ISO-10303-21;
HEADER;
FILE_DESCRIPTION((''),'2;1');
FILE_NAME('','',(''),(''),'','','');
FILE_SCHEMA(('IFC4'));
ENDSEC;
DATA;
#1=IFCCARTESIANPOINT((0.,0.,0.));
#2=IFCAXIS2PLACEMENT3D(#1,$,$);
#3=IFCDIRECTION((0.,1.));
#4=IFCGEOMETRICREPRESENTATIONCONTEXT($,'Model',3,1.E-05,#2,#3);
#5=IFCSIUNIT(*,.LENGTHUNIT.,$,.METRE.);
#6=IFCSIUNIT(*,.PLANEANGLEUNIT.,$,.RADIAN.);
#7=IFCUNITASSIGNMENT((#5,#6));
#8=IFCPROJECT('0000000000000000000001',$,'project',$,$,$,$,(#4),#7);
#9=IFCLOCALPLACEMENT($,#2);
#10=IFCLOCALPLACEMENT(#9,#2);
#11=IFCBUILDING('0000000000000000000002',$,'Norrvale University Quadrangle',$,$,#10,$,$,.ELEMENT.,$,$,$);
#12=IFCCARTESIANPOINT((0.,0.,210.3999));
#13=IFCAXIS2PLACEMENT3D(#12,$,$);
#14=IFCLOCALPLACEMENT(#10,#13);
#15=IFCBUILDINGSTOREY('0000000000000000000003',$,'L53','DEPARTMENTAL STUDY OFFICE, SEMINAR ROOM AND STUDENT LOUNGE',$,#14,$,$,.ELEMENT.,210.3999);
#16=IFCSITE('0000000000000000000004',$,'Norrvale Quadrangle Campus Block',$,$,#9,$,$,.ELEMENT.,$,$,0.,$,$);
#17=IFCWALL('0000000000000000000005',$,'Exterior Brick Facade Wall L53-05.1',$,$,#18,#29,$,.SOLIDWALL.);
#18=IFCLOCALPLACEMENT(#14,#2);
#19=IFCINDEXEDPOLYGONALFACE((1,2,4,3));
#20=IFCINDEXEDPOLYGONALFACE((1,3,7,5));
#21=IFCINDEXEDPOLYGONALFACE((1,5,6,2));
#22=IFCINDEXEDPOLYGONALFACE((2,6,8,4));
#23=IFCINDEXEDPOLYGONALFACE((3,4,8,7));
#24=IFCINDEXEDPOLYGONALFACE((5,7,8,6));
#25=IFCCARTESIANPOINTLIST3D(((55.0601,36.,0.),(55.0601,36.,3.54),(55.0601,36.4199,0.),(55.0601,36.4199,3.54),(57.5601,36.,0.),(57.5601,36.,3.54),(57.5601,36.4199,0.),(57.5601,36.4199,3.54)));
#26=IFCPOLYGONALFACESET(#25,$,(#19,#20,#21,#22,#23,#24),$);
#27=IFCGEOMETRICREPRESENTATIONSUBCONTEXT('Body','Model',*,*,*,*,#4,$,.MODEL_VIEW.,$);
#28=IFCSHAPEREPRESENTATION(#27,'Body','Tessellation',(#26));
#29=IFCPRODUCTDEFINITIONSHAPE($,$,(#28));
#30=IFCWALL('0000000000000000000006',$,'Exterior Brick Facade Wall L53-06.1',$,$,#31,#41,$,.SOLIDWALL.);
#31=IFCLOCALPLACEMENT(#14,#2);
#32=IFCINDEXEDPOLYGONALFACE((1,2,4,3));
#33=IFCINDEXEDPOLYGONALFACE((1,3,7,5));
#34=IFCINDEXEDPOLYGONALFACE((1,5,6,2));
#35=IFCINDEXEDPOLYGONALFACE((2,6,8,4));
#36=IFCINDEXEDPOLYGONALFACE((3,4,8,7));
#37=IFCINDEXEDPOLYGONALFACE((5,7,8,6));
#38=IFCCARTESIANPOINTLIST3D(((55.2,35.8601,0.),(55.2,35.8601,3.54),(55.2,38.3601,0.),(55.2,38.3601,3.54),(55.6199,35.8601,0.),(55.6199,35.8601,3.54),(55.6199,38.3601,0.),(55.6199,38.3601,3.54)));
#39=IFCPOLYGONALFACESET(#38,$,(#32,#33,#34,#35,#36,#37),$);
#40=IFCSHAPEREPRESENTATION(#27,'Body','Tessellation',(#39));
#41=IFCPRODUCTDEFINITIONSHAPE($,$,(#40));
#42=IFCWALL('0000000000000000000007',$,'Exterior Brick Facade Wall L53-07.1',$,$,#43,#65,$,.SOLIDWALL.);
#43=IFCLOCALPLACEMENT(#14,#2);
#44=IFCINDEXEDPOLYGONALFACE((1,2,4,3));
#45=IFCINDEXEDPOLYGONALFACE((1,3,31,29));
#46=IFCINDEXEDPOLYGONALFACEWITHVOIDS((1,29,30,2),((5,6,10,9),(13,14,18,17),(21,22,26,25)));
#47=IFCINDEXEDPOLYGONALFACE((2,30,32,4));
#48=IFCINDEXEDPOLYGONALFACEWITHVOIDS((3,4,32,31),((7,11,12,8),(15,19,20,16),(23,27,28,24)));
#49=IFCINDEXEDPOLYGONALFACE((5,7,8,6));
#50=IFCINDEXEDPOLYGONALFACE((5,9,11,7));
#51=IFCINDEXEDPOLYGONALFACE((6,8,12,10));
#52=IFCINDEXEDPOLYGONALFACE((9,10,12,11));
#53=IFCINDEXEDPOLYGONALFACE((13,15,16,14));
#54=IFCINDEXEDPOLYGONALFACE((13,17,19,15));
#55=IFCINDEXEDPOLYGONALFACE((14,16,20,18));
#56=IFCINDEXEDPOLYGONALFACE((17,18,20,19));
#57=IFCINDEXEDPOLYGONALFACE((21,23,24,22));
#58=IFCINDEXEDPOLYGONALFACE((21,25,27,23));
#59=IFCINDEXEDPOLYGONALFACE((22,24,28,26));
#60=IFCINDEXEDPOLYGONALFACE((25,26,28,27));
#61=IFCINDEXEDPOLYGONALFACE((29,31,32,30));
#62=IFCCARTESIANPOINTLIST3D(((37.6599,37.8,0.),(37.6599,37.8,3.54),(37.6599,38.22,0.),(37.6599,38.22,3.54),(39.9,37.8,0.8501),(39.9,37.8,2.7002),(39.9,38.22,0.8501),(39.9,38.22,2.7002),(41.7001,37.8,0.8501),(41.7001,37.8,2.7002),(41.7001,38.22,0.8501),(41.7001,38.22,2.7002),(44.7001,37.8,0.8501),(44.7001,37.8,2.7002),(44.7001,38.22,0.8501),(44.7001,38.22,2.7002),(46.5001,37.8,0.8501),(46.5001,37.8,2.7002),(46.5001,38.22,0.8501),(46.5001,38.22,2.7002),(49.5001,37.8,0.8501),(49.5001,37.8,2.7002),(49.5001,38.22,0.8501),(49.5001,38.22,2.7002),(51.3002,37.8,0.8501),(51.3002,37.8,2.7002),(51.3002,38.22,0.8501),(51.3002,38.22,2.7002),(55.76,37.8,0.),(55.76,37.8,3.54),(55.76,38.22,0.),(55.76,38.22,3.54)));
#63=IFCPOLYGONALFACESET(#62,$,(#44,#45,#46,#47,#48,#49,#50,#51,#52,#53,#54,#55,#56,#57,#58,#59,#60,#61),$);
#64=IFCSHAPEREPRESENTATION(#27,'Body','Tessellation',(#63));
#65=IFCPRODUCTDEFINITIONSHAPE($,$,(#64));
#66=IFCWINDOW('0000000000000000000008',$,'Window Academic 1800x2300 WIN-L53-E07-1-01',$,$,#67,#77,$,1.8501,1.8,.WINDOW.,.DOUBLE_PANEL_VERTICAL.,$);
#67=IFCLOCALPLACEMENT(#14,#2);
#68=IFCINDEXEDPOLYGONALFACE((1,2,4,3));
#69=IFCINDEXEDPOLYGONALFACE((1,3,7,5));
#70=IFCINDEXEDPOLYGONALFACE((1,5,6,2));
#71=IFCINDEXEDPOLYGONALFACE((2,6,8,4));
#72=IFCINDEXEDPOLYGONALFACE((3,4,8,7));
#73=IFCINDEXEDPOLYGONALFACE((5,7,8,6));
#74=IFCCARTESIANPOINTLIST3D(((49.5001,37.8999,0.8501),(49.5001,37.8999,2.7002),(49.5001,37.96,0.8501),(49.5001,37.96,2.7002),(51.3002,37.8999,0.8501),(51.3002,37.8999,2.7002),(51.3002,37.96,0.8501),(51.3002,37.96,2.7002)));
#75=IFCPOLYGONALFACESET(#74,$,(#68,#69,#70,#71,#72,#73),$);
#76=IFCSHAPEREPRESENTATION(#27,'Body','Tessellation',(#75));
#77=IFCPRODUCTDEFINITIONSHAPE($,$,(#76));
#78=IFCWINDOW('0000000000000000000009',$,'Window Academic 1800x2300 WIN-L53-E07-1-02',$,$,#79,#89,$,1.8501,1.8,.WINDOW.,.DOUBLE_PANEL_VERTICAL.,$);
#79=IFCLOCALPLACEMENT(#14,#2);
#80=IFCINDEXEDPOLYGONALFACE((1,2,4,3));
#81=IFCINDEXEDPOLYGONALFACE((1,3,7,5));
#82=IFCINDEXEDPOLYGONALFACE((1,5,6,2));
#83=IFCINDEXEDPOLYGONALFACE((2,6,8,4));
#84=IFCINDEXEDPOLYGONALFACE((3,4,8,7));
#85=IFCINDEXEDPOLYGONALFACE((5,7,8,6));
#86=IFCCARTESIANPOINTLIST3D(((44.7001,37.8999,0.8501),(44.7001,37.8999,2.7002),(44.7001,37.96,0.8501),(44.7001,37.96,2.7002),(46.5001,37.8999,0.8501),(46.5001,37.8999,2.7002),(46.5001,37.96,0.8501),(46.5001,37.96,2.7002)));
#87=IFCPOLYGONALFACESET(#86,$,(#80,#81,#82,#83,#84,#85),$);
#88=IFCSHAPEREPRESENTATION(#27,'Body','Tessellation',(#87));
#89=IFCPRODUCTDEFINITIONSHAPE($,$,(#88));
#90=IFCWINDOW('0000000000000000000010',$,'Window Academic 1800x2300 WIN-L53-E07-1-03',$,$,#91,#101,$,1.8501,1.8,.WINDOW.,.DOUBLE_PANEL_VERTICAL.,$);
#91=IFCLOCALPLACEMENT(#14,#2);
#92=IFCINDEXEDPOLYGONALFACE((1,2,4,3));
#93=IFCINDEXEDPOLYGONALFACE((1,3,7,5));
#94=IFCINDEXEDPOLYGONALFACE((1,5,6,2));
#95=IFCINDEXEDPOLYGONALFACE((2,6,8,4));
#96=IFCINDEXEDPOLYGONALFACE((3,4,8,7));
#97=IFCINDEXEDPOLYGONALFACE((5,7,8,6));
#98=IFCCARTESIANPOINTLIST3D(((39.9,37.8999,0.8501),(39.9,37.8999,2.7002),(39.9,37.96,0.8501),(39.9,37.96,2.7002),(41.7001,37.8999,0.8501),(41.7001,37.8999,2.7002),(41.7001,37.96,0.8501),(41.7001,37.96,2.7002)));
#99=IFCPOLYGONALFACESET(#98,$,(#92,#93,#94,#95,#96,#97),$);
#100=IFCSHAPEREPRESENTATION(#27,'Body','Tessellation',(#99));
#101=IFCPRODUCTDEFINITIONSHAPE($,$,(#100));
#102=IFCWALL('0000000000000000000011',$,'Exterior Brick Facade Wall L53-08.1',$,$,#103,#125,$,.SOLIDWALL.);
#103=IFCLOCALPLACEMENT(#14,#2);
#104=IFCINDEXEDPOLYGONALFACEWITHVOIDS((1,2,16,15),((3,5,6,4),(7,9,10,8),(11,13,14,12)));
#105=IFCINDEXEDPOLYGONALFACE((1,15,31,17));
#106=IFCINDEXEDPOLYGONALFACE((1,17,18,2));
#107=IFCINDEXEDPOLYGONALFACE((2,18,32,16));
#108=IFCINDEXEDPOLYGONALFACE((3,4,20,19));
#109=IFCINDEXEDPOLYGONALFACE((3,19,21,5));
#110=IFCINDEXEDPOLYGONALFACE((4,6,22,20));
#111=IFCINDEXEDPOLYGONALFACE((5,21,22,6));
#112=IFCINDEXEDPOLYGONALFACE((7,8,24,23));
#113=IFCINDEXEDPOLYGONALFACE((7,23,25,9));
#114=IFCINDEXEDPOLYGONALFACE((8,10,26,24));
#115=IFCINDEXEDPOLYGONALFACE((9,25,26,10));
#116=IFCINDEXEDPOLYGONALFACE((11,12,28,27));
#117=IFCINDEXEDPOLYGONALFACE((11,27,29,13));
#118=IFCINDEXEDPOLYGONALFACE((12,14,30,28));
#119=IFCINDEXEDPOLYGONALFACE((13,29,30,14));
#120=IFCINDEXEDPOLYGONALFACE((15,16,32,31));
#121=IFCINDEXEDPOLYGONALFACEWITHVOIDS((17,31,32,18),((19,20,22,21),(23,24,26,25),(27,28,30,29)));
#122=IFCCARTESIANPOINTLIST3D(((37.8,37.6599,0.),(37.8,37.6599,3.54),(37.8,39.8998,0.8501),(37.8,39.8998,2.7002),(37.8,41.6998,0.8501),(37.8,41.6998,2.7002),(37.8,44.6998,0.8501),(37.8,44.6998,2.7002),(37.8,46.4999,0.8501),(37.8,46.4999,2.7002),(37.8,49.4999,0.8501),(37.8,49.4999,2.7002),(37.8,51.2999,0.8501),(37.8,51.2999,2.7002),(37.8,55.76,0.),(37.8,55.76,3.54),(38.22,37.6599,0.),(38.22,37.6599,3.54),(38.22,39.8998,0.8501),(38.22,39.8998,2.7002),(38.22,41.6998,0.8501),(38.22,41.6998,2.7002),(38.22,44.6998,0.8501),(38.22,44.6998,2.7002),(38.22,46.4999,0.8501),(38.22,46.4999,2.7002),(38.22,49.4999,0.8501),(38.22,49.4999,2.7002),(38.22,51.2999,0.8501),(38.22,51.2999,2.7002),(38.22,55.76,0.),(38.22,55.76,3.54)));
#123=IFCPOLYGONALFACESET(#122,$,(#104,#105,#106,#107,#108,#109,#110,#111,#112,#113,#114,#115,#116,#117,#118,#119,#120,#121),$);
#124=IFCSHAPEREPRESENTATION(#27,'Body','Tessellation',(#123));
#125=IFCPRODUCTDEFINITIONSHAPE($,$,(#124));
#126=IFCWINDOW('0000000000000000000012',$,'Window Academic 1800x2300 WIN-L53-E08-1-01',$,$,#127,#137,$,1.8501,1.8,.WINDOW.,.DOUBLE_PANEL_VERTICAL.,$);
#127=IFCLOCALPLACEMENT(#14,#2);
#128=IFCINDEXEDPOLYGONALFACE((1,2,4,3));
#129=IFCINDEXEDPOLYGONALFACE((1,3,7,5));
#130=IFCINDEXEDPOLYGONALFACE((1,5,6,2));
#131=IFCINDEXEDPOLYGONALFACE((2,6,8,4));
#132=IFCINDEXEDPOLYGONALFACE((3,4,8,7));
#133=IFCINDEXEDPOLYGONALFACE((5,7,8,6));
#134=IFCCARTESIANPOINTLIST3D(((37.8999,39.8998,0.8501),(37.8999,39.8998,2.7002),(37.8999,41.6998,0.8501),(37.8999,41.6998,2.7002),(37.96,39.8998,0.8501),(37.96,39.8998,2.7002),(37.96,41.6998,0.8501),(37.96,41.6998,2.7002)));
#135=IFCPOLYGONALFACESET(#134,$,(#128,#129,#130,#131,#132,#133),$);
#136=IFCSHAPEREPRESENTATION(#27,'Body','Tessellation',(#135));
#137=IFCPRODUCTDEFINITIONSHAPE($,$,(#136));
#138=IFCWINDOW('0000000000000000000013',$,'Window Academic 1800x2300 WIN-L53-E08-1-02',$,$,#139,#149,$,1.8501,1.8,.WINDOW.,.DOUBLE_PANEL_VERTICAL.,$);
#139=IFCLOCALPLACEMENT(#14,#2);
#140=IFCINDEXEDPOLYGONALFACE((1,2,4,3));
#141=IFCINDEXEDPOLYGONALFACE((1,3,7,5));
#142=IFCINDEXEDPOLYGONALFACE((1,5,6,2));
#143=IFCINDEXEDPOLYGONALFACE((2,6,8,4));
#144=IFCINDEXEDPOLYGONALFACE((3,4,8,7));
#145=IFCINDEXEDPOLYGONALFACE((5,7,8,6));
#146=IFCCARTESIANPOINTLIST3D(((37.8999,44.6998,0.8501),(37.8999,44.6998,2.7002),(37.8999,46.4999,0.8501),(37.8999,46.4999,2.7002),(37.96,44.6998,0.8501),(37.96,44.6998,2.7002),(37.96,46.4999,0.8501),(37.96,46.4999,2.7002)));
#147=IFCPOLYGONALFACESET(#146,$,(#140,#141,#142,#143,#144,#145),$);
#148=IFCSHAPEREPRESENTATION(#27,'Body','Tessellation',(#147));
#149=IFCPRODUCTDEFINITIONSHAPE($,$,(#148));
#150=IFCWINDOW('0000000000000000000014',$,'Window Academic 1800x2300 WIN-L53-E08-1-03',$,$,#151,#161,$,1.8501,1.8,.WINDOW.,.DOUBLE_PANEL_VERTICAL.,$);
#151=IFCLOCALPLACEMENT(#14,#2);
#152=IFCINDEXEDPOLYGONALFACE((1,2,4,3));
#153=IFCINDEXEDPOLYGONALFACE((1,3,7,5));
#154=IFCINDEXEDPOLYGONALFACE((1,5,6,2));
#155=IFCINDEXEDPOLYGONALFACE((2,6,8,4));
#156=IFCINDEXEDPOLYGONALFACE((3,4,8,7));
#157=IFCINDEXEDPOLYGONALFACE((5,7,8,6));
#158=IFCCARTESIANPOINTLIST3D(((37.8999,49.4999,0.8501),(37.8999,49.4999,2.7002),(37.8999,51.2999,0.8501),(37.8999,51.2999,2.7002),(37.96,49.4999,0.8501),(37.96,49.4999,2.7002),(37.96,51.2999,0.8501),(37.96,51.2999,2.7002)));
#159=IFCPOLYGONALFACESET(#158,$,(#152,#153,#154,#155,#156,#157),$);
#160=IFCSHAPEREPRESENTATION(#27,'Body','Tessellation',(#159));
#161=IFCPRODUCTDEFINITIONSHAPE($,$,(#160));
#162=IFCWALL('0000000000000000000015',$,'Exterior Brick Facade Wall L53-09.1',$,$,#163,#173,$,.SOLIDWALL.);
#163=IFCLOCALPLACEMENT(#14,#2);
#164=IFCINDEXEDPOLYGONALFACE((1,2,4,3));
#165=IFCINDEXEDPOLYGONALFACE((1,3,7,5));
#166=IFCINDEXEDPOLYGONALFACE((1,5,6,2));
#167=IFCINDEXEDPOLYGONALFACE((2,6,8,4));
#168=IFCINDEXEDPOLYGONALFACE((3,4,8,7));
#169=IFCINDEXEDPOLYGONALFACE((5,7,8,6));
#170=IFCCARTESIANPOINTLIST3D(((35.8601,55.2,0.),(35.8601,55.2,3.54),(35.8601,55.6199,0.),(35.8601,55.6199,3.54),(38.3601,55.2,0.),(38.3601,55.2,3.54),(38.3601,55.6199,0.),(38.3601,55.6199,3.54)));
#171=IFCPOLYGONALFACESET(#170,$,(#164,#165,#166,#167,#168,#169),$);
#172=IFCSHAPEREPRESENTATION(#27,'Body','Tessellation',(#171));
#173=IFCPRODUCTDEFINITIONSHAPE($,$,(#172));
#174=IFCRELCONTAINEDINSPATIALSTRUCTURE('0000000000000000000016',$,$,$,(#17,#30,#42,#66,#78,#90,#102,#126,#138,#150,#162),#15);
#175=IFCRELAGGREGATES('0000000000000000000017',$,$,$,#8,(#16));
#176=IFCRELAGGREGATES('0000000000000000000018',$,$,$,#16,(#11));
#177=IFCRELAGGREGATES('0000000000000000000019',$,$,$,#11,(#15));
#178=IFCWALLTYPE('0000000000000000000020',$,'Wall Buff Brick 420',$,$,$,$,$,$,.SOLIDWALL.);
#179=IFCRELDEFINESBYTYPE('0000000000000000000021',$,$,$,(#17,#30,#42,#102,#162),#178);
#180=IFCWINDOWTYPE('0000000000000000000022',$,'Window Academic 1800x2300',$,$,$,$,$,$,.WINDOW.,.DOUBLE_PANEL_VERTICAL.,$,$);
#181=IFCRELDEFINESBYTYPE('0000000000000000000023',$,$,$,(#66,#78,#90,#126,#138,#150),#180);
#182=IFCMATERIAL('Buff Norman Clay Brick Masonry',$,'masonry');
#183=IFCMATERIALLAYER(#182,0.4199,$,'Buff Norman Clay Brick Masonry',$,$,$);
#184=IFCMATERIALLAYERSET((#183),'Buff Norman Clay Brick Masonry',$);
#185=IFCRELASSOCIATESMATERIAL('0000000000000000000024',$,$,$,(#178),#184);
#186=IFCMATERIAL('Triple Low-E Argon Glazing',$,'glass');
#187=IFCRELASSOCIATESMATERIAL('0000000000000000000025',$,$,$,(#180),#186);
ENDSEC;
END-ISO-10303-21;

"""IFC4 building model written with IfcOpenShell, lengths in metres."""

from ifc_helpers import new_model, si_unit, direction, frame, frame_2d, origin, place, context, subcontext, project, spatial, rectangle, extrude, material, layer, layer_set, type_object, element, fill, save


model = new_model("IFC4")

# Units and contexts
model_context = context("Model", 3, precision=1e-05, world=origin(), true_north=direction((0.0, 1.0)))
body_context = subcontext(model_context, "Body", "Model", "MODEL_VIEW")
ifc_project = project(units=[si_unit("LENGTHUNIT", "METRE"), si_unit("PLANEANGLEUNIT", "RADIAN")], contexts=[model_context])

# Site, building, storey
site_placement = place(None, origin())
site = spatial("IfcSite", under=ifc_project, at=site_placement, Name="Norrvale Quadrangle Campus Block", CompositionType="ELEMENT", RefElevation=0.0)
building_placement = place(site_placement, origin())
building = spatial("IfcBuilding", under=site, at=building_placement, Name="Norrvale University Quadrangle", CompositionType="ELEMENT")
storey_placement = place(building_placement, frame((0.0, 0.0, 210.3999)))
storey = spatial("IfcBuildingStorey", under=building, at=storey_placement, Name="L53", Description="DEPARTMENTAL STUDY OFFICE, SEMINAR ROOM AND STUDENT LOUNGE", CompositionType="ELEMENT", Elevation=210.3999)

# Walls
ifc_material_1 = material(Name="Buff Norman Clay Brick Masonry", Category="masonry")
ifc_layer = layer(ifc_material_1, 0.4199, Name="Buff Norman Clay Brick Masonry")
ifc_layer_set = layer_set([ifc_layer], Name="Buff Norman Clay Brick Masonry")
wall_type = type_object("IfcWallType", Name="Wall Buff Brick 420", PredefinedType="SOLIDWALL", material=ifc_layer_set)
for number, where, z_axis, x_axis, name in (
    (1, (57.5601, 36.21, 0.0), (0.0, 0.0, 1.0), (-1.0, 0.0, 0.0), "Exterior Brick Facade Wall L53-05.1"),
    (2, (55.4099, 35.8601, 0.0), (0.0, 0.0, 1.0), (0.0, 1.0, 0.0), "Exterior Brick Facade Wall L53-06.1"),
):
    element("IfcWall", number, at=place(storey_placement, frame(where, z_axis=z_axis, x_axis=x_axis)), inside=storey, type_object=wall_type, Name=name, PredefinedType="SOLIDWALL", context=body_context, shape_type="SweptSolid", body=[
        extrude(rectangle(XDim=2.5, YDim=0.4199, at=frame_2d((1.25, 0.0))), origin(), (0.0, 0.0, 1.0), 3.54),
    ])

# Walls, openings, windows
wall_1_placement = place(storey_placement, frame((55.76, 38.01, 0.0), z_axis=(0.0, 0.0, 1.0), x_axis=(-1.0, 0.0, 0.0)))
wall_1 = element("IfcWall", 3, at=wall_1_placement, inside=storey, type_object=wall_type, Name="Exterior Brick Facade Wall L53-07.1", PredefinedType="SOLIDWALL", context=body_context, shape_type="SweptSolid", body=[
    extrude(rectangle(XDim=18.1001, YDim=0.4199, at=frame_2d((9.05, 0.0))), origin(), (0.0, 0.0, 1.0), 3.54),
])
opening_1_placement = place(wall_1_placement, frame((4.46, 0.0, 0.8501)))
opening_1 = element("IfcOpeningElement", 4, at=opening_1_placement, cuts=wall_1, PredefinedType="OPENING", context=body_context, shape_type="SweptSolid", body=[
    extrude(rectangle(XDim=1.8, YDim=1.8501, at=frame_2d((0.8999, 0.925))), frame((0.0, 0.2219, 0.0), z_axis=(0.0, -1.0, 0.0), x_axis=(1.0, 0.0, 0.0)), (0.0, 0.0, 1.0), 0.4438),
])
opening_2_placement = place(wall_1_placement, frame((9.26, 0.0, 0.8501)))
opening_2 = element("IfcOpeningElement", 5, at=opening_2_placement, cuts=wall_1, PredefinedType="OPENING", context=body_context, shape_type="SweptSolid", body=[
    extrude(rectangle(XDim=1.8, YDim=1.8501, at=frame_2d((0.8999, 0.925))), frame((0.0, 0.2219, 0.0), z_axis=(0.0, -1.0, 0.0), x_axis=(1.0, 0.0, 0.0)), (0.0, 0.0, 1.0), 0.4438),
])
opening_3_placement = place(wall_1_placement, frame((14.0601, 0.0, 0.8501)))
opening_3 = element("IfcOpeningElement", 6, at=opening_3_placement, cuts=wall_1, PredefinedType="OPENING", context=body_context, shape_type="SweptSolid", body=[
    extrude(rectangle(XDim=1.8, YDim=1.8501, at=frame_2d((0.8999, 0.925))), frame((0.0, 0.2219, 0.0), z_axis=(0.0, -1.0, 0.0), x_axis=(1.0, 0.0, 0.0)), (0.0, 0.0, 1.0), 0.4438),
])
ifc_material_2 = material(Name="Triple Low-E Argon Glazing", Category="glass")
window_type_1 = type_object("IfcWindowType", Name="Window Academic 1800x2300", PartitioningType="DOUBLE_PANEL_VERTICAL", PredefinedType="WINDOW", material=ifc_material_2)
window_1_placement = place(opening_1_placement, origin())
window_1 = element("IfcWindow", 7, at=window_1_placement, inside=storey, type_object=window_type_1, Name="Window Academic 1800x2300 WIN-L53-E07-1-01", OverallHeight=1.8501, OverallWidth=1.8, PartitioningType="DOUBLE_PANEL_VERTICAL", PredefinedType="WINDOW", context=body_context, shape_type="SweptSolid", body=[
    extrude(rectangle(XDim=1.8, YDim=1.8501, at=frame_2d((0.8999, 0.925))), frame((0.0, 0.1101, 0.0), z_axis=(0.0, -1.0, 0.0), x_axis=(1.0, 0.0, 0.0)), (0.0, 0.0, 1.0), 0.0601),
])
fill(opening_1, window_1)
window_2_placement = place(opening_2_placement, origin())
window_2 = element("IfcWindow", 8, at=window_2_placement, inside=storey, type_object=window_type_1, Name="Window Academic 1800x2300 WIN-L53-E07-1-02", OverallHeight=1.8501, OverallWidth=1.8, PartitioningType="DOUBLE_PANEL_VERTICAL", PredefinedType="WINDOW", context=body_context, shape_type="SweptSolid", body=[
    extrude(rectangle(XDim=1.8, YDim=1.8501, at=frame_2d((0.8999, 0.925))), frame((0.0, 0.1101, 0.0), z_axis=(0.0, -1.0, 0.0), x_axis=(1.0, 0.0, 0.0)), (0.0, 0.0, 1.0), 0.0601),
])
fill(opening_2, window_2)
window_3_placement = place(opening_3_placement, origin())
window_3 = element("IfcWindow", 9, at=window_3_placement, inside=storey, type_object=window_type_1, Name="Window Academic 1800x2300 WIN-L53-E07-1-03", OverallHeight=1.8501, OverallWidth=1.8, PartitioningType="DOUBLE_PANEL_VERTICAL", PredefinedType="WINDOW", context=body_context, shape_type="SweptSolid", body=[
    extrude(rectangle(XDim=1.8, YDim=1.8501, at=frame_2d((0.8999, 0.925))), frame((0.0, 0.1101, 0.0), z_axis=(0.0, -1.0, 0.0), x_axis=(1.0, 0.0, 0.0)), (0.0, 0.0, 1.0), 0.0601),
])
fill(opening_3, window_3)
wall_2_placement = place(storey_placement, frame((38.01, 37.6599, 0.0), z_axis=(0.0, 0.0, 1.0), x_axis=(0.0, 1.0, 0.0)))
wall_2 = element("IfcWall", 10, at=wall_2_placement, inside=storey, type_object=wall_type, Name="Exterior Brick Facade Wall L53-08.1", PredefinedType="SOLIDWALL", context=body_context, shape_type="SweptSolid", body=[
    extrude(rectangle(XDim=18.1001, YDim=0.4199, at=frame_2d((9.05, 0.0))), origin(), (0.0, 0.0, 1.0), 3.54),
])
opening_4_placement = place(wall_2_placement, frame((2.24, 0.0, 0.8501)))
opening_4 = element("IfcOpeningElement", 11, at=opening_4_placement, cuts=wall_2, PredefinedType="OPENING", context=body_context, shape_type="SweptSolid", body=[
    extrude(rectangle(XDim=1.8, YDim=1.8501, at=frame_2d((0.8999, 0.925))), frame((0.0, 0.2219, 0.0), z_axis=(0.0, -1.0, 0.0), x_axis=(1.0, 0.0, 0.0)), (0.0, 0.0, 1.0), 0.4438),
])
opening_5_placement = place(wall_2_placement, frame((7.04, 0.0, 0.8501)))
opening_5 = element("IfcOpeningElement", 12, at=opening_5_placement, cuts=wall_2, PredefinedType="OPENING", context=body_context, shape_type="SweptSolid", body=[
    extrude(rectangle(XDim=1.8, YDim=1.8501, at=frame_2d((0.8999, 0.925))), frame((0.0, 0.2219, 0.0), z_axis=(0.0, -1.0, 0.0), x_axis=(1.0, 0.0, 0.0)), (0.0, 0.0, 1.0), 0.4438),
])
opening_6_placement = place(wall_2_placement, frame((11.8401, 0.0, 0.8501)))
opening_6 = element("IfcOpeningElement", 13, at=opening_6_placement, cuts=wall_2, PredefinedType="OPENING", context=body_context, shape_type="SweptSolid", body=[
    extrude(rectangle(XDim=1.8, YDim=1.8501, at=frame_2d((0.8999, 0.925))), frame((0.0, 0.2219, 0.0), z_axis=(0.0, -1.0, 0.0), x_axis=(1.0, 0.0, 0.0)), (0.0, 0.0, 1.0), 0.4438),
])
window_4_placement = place(opening_4_placement, origin())
window_4 = element("IfcWindow", 14, at=window_4_placement, inside=storey, type_object=window_type_1, Name="Window Academic 1800x2300 WIN-L53-E08-1-01", OverallHeight=1.8501, OverallWidth=1.8, PartitioningType="DOUBLE_PANEL_VERTICAL", PredefinedType="WINDOW", context=body_context, shape_type="SweptSolid", body=[
    extrude(rectangle(XDim=1.8, YDim=1.8501, at=frame_2d((0.8999, 0.925))), frame((0.0, 0.1101, 0.0), z_axis=(0.0, -1.0, 0.0), x_axis=(1.0, 0.0, 0.0)), (0.0, 0.0, 1.0), 0.0601),
])
fill(opening_4, window_4)
window_5_placement = place(opening_5_placement, origin())
window_5 = element("IfcWindow", 15, at=window_5_placement, inside=storey, type_object=window_type_1, Name="Window Academic 1800x2300 WIN-L53-E08-1-02", OverallHeight=1.8501, OverallWidth=1.8, PartitioningType="DOUBLE_PANEL_VERTICAL", PredefinedType="WINDOW", context=body_context, shape_type="SweptSolid", body=[
    extrude(rectangle(XDim=1.8, YDim=1.8501, at=frame_2d((0.8999, 0.925))), frame((0.0, 0.1101, 0.0), z_axis=(0.0, -1.0, 0.0), x_axis=(1.0, 0.0, 0.0)), (0.0, 0.0, 1.0), 0.0601),
])
fill(opening_5, window_5)
window_6_placement = place(opening_6_placement, origin())
window_6 = element("IfcWindow", 16, at=window_6_placement, inside=storey, type_object=window_type_1, Name="Window Academic 1800x2300 WIN-L53-E08-1-03", OverallHeight=1.8501, OverallWidth=1.8, PartitioningType="DOUBLE_PANEL_VERTICAL", PredefinedType="WINDOW", context=body_context, shape_type="SweptSolid", body=[
    extrude(rectangle(XDim=1.8, YDim=1.8501, at=frame_2d((0.8999, 0.925))), frame((0.0, 0.1101, 0.0), z_axis=(0.0, -1.0, 0.0), x_axis=(1.0, 0.0, 0.0)), (0.0, 0.0, 1.0), 0.0601),
])
fill(opening_6, window_6)

# Wall
for number, where, z_axis, x_axis, name in (
    (17, (38.3601, 55.4099, 0.0), (0.0, 0.0, 1.0), (-1.0, 0.0, 0.0), "Exterior Brick Facade Wall L53-09.1"),
):
    element("IfcWall", number, at=place(storey_placement, frame(where, z_axis=z_axis, x_axis=x_axis)), inside=storey, type_object=wall_type, Name=name, PredefinedType="SOLIDWALL", context=body_context, shape_type="SweptSolid", body=[
        extrude(rectangle(XDim=2.5, YDim=0.4199, at=frame_2d((1.25, 0.0))), origin(), (0.0, 0.0, 1.0), 3.54),
    ])

save(model, "model.ifc")
